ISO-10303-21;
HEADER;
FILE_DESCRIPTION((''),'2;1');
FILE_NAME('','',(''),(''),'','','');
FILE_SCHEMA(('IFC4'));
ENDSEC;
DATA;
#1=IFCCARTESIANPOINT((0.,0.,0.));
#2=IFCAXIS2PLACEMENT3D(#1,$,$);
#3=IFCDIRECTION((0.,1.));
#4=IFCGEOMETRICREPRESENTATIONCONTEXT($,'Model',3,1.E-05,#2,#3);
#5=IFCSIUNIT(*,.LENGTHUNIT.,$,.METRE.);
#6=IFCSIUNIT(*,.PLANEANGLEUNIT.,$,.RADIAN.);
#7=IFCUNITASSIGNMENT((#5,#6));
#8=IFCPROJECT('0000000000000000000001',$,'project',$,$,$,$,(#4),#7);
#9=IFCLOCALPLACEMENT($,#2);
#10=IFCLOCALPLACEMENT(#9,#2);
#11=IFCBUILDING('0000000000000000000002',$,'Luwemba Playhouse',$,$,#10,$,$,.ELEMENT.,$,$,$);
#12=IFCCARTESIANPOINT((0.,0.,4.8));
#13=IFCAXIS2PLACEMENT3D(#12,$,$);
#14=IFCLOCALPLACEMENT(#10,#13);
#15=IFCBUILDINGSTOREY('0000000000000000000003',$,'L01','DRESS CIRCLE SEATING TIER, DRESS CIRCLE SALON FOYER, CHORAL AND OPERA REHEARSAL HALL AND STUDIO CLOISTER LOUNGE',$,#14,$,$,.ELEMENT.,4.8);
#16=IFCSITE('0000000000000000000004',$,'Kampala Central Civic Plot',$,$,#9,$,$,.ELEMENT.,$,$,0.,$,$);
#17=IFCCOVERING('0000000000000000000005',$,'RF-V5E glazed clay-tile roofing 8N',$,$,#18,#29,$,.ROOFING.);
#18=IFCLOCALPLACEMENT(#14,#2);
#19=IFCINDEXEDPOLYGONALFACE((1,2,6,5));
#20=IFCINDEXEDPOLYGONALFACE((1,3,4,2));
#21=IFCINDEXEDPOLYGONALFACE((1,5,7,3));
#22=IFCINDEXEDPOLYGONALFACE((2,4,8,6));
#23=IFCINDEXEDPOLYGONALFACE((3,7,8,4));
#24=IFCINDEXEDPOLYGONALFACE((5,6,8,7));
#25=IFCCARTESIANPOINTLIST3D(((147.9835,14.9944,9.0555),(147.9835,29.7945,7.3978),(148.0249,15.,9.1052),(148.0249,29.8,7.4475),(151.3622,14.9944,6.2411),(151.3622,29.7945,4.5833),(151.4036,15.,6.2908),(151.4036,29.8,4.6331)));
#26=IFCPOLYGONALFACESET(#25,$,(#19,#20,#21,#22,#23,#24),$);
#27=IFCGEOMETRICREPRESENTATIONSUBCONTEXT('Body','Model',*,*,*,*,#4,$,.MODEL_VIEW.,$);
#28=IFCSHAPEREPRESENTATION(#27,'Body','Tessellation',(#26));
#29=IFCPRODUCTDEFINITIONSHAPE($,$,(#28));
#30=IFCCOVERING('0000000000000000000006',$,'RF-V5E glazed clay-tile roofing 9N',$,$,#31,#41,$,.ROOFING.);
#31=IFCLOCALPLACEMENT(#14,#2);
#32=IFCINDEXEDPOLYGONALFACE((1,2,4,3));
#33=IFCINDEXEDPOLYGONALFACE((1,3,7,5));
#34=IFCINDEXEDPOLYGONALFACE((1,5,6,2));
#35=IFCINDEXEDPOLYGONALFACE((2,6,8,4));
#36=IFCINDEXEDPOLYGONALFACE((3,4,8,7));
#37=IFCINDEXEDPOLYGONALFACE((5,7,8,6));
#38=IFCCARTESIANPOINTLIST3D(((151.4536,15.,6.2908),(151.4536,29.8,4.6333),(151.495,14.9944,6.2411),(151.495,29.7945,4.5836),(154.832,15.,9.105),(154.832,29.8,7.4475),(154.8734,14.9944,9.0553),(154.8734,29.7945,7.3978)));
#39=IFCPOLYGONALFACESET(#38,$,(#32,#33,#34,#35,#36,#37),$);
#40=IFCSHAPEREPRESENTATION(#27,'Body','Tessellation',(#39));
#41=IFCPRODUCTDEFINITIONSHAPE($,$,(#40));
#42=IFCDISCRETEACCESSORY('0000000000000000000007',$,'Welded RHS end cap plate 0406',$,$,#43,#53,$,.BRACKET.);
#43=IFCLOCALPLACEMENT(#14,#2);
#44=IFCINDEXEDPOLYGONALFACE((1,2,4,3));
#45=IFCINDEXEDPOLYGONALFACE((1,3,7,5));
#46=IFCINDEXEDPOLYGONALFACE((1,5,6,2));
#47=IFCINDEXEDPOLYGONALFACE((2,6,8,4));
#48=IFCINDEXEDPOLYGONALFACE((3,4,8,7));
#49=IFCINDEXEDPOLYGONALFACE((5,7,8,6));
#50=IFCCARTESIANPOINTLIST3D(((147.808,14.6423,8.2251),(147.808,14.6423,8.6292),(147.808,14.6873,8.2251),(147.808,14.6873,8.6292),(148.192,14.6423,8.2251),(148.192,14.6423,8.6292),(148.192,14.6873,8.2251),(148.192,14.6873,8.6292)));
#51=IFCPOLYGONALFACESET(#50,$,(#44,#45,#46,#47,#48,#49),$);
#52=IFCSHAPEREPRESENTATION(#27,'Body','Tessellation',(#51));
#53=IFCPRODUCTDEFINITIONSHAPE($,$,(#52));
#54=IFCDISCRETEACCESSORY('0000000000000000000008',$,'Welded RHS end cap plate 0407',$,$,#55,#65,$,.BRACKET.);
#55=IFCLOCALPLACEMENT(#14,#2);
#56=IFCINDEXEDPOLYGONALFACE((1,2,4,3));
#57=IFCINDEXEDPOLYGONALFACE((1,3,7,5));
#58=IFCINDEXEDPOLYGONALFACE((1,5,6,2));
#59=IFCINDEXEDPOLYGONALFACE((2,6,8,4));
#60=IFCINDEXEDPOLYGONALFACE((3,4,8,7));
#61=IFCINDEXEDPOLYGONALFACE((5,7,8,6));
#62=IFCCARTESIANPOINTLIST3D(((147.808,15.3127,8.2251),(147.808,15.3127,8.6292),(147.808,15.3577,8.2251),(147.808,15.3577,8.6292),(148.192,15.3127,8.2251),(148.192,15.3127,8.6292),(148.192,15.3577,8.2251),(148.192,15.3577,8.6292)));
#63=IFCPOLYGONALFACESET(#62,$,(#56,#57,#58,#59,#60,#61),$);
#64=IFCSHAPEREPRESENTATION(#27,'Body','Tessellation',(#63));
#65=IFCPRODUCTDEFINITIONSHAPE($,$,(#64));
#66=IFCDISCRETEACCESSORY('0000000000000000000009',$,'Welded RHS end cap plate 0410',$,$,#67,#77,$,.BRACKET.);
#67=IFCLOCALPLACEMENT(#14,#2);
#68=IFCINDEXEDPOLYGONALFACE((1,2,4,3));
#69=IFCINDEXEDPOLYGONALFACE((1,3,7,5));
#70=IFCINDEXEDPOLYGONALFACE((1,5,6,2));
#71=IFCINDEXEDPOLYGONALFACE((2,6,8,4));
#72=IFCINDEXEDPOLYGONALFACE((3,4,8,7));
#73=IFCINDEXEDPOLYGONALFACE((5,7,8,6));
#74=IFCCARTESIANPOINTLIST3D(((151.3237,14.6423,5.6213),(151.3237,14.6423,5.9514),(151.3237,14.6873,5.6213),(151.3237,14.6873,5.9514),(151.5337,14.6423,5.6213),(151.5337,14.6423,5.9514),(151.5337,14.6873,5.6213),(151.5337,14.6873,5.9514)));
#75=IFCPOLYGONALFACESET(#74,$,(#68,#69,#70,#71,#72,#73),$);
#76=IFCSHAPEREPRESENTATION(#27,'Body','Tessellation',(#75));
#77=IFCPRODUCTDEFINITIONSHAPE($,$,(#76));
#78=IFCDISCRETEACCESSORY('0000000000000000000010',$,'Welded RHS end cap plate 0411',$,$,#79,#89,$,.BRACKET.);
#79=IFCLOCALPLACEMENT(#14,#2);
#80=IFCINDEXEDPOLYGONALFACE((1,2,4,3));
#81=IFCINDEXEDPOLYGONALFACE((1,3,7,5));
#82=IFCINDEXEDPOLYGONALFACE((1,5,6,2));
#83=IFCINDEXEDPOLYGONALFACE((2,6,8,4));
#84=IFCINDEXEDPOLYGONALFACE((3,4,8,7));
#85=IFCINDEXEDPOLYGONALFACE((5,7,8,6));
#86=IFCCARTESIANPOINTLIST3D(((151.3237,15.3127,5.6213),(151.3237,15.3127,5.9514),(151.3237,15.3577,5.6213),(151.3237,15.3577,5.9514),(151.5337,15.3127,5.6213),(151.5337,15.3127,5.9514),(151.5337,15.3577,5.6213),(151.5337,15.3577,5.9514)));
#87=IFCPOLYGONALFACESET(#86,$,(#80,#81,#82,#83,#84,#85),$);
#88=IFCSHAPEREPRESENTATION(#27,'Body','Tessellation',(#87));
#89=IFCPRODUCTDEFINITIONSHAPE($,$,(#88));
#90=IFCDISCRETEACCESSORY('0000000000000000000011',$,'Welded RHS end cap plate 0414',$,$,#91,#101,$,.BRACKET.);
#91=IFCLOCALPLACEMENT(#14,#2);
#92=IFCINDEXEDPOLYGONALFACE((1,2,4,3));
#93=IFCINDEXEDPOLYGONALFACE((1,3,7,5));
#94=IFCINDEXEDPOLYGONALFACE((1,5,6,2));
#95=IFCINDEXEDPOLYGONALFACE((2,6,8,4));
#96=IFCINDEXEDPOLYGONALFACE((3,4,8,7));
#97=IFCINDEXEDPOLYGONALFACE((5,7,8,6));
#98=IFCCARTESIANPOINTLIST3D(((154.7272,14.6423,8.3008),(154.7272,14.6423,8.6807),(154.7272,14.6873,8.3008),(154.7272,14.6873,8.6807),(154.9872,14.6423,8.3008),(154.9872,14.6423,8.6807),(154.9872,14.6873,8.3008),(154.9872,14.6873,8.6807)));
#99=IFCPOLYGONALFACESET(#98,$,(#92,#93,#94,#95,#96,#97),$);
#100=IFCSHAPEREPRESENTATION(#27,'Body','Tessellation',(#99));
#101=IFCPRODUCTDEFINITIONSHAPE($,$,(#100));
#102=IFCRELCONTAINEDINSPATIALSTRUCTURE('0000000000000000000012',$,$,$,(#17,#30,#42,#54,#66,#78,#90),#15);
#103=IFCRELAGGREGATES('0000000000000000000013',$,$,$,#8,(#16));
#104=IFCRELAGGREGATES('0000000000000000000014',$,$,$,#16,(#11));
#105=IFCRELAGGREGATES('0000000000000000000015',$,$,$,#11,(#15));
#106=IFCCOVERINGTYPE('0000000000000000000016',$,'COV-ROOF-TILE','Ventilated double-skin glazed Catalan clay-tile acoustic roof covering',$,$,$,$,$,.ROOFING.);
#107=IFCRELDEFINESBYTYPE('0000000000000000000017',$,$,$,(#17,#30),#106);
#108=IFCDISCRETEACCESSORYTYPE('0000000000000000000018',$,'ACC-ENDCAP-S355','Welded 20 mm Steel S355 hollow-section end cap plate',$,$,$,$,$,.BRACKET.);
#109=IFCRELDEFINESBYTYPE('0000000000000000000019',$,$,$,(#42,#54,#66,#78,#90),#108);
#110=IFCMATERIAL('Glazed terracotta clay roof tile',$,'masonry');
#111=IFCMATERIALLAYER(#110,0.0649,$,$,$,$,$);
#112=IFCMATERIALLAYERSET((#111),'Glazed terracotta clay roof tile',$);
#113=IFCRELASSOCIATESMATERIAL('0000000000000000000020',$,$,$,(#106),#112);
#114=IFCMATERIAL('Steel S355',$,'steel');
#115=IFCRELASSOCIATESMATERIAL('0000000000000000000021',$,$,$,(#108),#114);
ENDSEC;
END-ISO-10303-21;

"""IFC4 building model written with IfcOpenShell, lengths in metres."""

from ifc_helpers import new_model, si_unit, direction, frame, origin, origin_2d, place, context, subcontext, project, spatial, polyline, rectangle, outline, extrude, material, layer, layer_set, type_object, element, save


model = new_model("IFC4")

# Units and contexts
model_context = context("Model", 3, precision=1e-05, world=origin(), true_north=direction((0.0, 1.0)))
body_context = subcontext(model_context, "Body", "Model", "MODEL_VIEW")
ifc_project = project(units=[si_unit("LENGTHUNIT", "METRE"), si_unit("PLANEANGLEUNIT", "RADIAN")], contexts=[model_context])

# Site, building, storey
site_placement = place(None, origin())
site = spatial("IfcSite", under=ifc_project, at=site_placement, Name="Kampala Central Civic Plot", CompositionType="ELEMENT", RefElevation=0.0)
building_placement = place(site_placement, origin())
building = spatial("IfcBuilding", under=site, at=building_placement, Name="Luwemba Playhouse", CompositionType="ELEMENT")
storey_placement = place(building_placement, frame((0.0, 0.0, 4.8)))
storey = spatial("IfcBuildingStorey", under=building, at=storey_placement, Name="L01", Description="DRESS CIRCLE SEATING TIER, DRESS CIRCLE SALON FOYER, CHORAL AND OPERA REHEARSAL HALL AND STUDIO CLOISTER LOUNGE", CompositionType="ELEMENT", Elevation=4.8)

# Shared definitions
ifc_material_1 = material(Name="Steel S355", Category="steel")

# Coverings
ifc_material_2 = material(Name="Glazed terracotta clay roof tile", Category="masonry")
ifc_layer_1 = layer(ifc_material_2, 0.0649)
ifc_layer_set_1 = layer_set([ifc_layer_1], Name="Glazed terracotta clay roof tile")
covering_type = type_object("IfcCoveringType", Name="COV-ROOF-TILE", Description="Ventilated double-skin glazed Catalan clay-tile acoustic roof covering", PredefinedType="ROOFING", material=ifc_layer_set_1)
covering_1_placement = place(storey_placement, frame((148.0249, 15.0, 9.1052), z_axis=(0.63768, 0.085743, 0.765515), x_axis=(0.768344, 0.0, -0.640037)))
element("IfcCovering", 1, at=covering_1_placement, inside=storey, type_object=covering_type, Name="RF-V5E glazed clay-tile roofing 8N", PredefinedType="ROOFING", context=body_context, shape_type="SweptSolid", body=[
    extrude(outline(polyline([(0.0, 0.0), (4.3973, 0.0), (5.4583, 14.8548), (1.061, 14.8548), (0.0, 0.0)])), origin(), (0.0, 0.0, -1.0), 0.0649),
])
covering_2_placement = place(storey_placement, frame((151.4536, 15.0, 6.2908), z_axis=(-0.637675, 0.085731, 0.76552), x_axis=(0.768349, 0.0, 0.640031)))
element("IfcCovering", 2, at=covering_2_placement, inside=storey, type_object=covering_type, Name="RF-V5E glazed clay-tile roofing 9N", PredefinedType="ROOFING", context=body_context, shape_type="SweptSolid", body=[
    extrude(outline(polyline([(0.0, 0.0), (4.397, 0.0), (3.3362, 14.8547), (-1.0608, 14.8547), (0.0, 0.0)])), origin(), (0.0, 0.0, -1.0), 0.0649),
])

# Discrete accessories
discrete_accessory_type = type_object("IfcDiscreteAccessoryType", Name="ACC-ENDCAP-S355", Description="Welded 20 mm Steel S355 hollow-section end cap plate", PredefinedType="BRACKET", material=ifc_material_1)
for number, where, z_axis, x_axis, name in (
    (3, (148.0, 14.6648, 8.2251), (0.0, 0.0, 1.0), (1.0, 0.0, 0.0), "Welded RHS end cap plate 0406"),
    (4, (148.0, 15.3352, 8.2251), (0.0, 0.0, 1.0), (1.0, 0.0, 0.0), "Welded RHS end cap plate 0407"),
):
    element("IfcDiscreteAccessory", number, at=place(storey_placement, frame(where, z_axis=z_axis, x_axis=x_axis)), inside=storey, type_object=discrete_accessory_type, Name=name, PredefinedType="BRACKET", context=body_context, shape_type="SweptSolid", body=[
        extrude(rectangle(XDim=0.384, YDim=0.0449, at=origin_2d()), origin(), (0.0, 0.0, 1.0), 0.4041),
    ])
for number, where, z_axis, x_axis, name in (
    (5, (151.4287, 14.6648, 5.6213), (0.0, 0.0, 1.0), (1.0, 0.0, 0.0), "Welded RHS end cap plate 0410"),
    (6, (151.4287, 15.3352, 5.6213), (0.0, 0.0, 1.0), (1.0, 0.0, 0.0), "Welded RHS end cap plate 0411"),
):
    element("IfcDiscreteAccessory", number, at=place(storey_placement, frame(where, z_axis=z_axis, x_axis=x_axis)), inside=storey, type_object=discrete_accessory_type, Name=name, PredefinedType="BRACKET", context=body_context, shape_type="SweptSolid", body=[
        extrude(rectangle(XDim=0.21, YDim=0.0449, at=origin_2d()), origin(), (0.0, 0.0, 1.0), 0.3301),
    ])
discrete_accessory_placement = place(storey_placement, frame((154.8572, 14.6648, 8.3008), z_axis=(0.0, 0.0, 1.0), x_axis=(1.0, 0.0, 0.0)))
element("IfcDiscreteAccessory", 7, at=discrete_accessory_placement, inside=storey, type_object=discrete_accessory_type, Name="Welded RHS end cap plate 0414", PredefinedType="BRACKET", context=body_context, shape_type="SweptSolid", body=[
    extrude(rectangle(XDim=0.26, YDim=0.0449, at=origin_2d()), origin(), (0.0, 0.0, 1.0), 0.3799),
])

save(model, "model.ifc")
